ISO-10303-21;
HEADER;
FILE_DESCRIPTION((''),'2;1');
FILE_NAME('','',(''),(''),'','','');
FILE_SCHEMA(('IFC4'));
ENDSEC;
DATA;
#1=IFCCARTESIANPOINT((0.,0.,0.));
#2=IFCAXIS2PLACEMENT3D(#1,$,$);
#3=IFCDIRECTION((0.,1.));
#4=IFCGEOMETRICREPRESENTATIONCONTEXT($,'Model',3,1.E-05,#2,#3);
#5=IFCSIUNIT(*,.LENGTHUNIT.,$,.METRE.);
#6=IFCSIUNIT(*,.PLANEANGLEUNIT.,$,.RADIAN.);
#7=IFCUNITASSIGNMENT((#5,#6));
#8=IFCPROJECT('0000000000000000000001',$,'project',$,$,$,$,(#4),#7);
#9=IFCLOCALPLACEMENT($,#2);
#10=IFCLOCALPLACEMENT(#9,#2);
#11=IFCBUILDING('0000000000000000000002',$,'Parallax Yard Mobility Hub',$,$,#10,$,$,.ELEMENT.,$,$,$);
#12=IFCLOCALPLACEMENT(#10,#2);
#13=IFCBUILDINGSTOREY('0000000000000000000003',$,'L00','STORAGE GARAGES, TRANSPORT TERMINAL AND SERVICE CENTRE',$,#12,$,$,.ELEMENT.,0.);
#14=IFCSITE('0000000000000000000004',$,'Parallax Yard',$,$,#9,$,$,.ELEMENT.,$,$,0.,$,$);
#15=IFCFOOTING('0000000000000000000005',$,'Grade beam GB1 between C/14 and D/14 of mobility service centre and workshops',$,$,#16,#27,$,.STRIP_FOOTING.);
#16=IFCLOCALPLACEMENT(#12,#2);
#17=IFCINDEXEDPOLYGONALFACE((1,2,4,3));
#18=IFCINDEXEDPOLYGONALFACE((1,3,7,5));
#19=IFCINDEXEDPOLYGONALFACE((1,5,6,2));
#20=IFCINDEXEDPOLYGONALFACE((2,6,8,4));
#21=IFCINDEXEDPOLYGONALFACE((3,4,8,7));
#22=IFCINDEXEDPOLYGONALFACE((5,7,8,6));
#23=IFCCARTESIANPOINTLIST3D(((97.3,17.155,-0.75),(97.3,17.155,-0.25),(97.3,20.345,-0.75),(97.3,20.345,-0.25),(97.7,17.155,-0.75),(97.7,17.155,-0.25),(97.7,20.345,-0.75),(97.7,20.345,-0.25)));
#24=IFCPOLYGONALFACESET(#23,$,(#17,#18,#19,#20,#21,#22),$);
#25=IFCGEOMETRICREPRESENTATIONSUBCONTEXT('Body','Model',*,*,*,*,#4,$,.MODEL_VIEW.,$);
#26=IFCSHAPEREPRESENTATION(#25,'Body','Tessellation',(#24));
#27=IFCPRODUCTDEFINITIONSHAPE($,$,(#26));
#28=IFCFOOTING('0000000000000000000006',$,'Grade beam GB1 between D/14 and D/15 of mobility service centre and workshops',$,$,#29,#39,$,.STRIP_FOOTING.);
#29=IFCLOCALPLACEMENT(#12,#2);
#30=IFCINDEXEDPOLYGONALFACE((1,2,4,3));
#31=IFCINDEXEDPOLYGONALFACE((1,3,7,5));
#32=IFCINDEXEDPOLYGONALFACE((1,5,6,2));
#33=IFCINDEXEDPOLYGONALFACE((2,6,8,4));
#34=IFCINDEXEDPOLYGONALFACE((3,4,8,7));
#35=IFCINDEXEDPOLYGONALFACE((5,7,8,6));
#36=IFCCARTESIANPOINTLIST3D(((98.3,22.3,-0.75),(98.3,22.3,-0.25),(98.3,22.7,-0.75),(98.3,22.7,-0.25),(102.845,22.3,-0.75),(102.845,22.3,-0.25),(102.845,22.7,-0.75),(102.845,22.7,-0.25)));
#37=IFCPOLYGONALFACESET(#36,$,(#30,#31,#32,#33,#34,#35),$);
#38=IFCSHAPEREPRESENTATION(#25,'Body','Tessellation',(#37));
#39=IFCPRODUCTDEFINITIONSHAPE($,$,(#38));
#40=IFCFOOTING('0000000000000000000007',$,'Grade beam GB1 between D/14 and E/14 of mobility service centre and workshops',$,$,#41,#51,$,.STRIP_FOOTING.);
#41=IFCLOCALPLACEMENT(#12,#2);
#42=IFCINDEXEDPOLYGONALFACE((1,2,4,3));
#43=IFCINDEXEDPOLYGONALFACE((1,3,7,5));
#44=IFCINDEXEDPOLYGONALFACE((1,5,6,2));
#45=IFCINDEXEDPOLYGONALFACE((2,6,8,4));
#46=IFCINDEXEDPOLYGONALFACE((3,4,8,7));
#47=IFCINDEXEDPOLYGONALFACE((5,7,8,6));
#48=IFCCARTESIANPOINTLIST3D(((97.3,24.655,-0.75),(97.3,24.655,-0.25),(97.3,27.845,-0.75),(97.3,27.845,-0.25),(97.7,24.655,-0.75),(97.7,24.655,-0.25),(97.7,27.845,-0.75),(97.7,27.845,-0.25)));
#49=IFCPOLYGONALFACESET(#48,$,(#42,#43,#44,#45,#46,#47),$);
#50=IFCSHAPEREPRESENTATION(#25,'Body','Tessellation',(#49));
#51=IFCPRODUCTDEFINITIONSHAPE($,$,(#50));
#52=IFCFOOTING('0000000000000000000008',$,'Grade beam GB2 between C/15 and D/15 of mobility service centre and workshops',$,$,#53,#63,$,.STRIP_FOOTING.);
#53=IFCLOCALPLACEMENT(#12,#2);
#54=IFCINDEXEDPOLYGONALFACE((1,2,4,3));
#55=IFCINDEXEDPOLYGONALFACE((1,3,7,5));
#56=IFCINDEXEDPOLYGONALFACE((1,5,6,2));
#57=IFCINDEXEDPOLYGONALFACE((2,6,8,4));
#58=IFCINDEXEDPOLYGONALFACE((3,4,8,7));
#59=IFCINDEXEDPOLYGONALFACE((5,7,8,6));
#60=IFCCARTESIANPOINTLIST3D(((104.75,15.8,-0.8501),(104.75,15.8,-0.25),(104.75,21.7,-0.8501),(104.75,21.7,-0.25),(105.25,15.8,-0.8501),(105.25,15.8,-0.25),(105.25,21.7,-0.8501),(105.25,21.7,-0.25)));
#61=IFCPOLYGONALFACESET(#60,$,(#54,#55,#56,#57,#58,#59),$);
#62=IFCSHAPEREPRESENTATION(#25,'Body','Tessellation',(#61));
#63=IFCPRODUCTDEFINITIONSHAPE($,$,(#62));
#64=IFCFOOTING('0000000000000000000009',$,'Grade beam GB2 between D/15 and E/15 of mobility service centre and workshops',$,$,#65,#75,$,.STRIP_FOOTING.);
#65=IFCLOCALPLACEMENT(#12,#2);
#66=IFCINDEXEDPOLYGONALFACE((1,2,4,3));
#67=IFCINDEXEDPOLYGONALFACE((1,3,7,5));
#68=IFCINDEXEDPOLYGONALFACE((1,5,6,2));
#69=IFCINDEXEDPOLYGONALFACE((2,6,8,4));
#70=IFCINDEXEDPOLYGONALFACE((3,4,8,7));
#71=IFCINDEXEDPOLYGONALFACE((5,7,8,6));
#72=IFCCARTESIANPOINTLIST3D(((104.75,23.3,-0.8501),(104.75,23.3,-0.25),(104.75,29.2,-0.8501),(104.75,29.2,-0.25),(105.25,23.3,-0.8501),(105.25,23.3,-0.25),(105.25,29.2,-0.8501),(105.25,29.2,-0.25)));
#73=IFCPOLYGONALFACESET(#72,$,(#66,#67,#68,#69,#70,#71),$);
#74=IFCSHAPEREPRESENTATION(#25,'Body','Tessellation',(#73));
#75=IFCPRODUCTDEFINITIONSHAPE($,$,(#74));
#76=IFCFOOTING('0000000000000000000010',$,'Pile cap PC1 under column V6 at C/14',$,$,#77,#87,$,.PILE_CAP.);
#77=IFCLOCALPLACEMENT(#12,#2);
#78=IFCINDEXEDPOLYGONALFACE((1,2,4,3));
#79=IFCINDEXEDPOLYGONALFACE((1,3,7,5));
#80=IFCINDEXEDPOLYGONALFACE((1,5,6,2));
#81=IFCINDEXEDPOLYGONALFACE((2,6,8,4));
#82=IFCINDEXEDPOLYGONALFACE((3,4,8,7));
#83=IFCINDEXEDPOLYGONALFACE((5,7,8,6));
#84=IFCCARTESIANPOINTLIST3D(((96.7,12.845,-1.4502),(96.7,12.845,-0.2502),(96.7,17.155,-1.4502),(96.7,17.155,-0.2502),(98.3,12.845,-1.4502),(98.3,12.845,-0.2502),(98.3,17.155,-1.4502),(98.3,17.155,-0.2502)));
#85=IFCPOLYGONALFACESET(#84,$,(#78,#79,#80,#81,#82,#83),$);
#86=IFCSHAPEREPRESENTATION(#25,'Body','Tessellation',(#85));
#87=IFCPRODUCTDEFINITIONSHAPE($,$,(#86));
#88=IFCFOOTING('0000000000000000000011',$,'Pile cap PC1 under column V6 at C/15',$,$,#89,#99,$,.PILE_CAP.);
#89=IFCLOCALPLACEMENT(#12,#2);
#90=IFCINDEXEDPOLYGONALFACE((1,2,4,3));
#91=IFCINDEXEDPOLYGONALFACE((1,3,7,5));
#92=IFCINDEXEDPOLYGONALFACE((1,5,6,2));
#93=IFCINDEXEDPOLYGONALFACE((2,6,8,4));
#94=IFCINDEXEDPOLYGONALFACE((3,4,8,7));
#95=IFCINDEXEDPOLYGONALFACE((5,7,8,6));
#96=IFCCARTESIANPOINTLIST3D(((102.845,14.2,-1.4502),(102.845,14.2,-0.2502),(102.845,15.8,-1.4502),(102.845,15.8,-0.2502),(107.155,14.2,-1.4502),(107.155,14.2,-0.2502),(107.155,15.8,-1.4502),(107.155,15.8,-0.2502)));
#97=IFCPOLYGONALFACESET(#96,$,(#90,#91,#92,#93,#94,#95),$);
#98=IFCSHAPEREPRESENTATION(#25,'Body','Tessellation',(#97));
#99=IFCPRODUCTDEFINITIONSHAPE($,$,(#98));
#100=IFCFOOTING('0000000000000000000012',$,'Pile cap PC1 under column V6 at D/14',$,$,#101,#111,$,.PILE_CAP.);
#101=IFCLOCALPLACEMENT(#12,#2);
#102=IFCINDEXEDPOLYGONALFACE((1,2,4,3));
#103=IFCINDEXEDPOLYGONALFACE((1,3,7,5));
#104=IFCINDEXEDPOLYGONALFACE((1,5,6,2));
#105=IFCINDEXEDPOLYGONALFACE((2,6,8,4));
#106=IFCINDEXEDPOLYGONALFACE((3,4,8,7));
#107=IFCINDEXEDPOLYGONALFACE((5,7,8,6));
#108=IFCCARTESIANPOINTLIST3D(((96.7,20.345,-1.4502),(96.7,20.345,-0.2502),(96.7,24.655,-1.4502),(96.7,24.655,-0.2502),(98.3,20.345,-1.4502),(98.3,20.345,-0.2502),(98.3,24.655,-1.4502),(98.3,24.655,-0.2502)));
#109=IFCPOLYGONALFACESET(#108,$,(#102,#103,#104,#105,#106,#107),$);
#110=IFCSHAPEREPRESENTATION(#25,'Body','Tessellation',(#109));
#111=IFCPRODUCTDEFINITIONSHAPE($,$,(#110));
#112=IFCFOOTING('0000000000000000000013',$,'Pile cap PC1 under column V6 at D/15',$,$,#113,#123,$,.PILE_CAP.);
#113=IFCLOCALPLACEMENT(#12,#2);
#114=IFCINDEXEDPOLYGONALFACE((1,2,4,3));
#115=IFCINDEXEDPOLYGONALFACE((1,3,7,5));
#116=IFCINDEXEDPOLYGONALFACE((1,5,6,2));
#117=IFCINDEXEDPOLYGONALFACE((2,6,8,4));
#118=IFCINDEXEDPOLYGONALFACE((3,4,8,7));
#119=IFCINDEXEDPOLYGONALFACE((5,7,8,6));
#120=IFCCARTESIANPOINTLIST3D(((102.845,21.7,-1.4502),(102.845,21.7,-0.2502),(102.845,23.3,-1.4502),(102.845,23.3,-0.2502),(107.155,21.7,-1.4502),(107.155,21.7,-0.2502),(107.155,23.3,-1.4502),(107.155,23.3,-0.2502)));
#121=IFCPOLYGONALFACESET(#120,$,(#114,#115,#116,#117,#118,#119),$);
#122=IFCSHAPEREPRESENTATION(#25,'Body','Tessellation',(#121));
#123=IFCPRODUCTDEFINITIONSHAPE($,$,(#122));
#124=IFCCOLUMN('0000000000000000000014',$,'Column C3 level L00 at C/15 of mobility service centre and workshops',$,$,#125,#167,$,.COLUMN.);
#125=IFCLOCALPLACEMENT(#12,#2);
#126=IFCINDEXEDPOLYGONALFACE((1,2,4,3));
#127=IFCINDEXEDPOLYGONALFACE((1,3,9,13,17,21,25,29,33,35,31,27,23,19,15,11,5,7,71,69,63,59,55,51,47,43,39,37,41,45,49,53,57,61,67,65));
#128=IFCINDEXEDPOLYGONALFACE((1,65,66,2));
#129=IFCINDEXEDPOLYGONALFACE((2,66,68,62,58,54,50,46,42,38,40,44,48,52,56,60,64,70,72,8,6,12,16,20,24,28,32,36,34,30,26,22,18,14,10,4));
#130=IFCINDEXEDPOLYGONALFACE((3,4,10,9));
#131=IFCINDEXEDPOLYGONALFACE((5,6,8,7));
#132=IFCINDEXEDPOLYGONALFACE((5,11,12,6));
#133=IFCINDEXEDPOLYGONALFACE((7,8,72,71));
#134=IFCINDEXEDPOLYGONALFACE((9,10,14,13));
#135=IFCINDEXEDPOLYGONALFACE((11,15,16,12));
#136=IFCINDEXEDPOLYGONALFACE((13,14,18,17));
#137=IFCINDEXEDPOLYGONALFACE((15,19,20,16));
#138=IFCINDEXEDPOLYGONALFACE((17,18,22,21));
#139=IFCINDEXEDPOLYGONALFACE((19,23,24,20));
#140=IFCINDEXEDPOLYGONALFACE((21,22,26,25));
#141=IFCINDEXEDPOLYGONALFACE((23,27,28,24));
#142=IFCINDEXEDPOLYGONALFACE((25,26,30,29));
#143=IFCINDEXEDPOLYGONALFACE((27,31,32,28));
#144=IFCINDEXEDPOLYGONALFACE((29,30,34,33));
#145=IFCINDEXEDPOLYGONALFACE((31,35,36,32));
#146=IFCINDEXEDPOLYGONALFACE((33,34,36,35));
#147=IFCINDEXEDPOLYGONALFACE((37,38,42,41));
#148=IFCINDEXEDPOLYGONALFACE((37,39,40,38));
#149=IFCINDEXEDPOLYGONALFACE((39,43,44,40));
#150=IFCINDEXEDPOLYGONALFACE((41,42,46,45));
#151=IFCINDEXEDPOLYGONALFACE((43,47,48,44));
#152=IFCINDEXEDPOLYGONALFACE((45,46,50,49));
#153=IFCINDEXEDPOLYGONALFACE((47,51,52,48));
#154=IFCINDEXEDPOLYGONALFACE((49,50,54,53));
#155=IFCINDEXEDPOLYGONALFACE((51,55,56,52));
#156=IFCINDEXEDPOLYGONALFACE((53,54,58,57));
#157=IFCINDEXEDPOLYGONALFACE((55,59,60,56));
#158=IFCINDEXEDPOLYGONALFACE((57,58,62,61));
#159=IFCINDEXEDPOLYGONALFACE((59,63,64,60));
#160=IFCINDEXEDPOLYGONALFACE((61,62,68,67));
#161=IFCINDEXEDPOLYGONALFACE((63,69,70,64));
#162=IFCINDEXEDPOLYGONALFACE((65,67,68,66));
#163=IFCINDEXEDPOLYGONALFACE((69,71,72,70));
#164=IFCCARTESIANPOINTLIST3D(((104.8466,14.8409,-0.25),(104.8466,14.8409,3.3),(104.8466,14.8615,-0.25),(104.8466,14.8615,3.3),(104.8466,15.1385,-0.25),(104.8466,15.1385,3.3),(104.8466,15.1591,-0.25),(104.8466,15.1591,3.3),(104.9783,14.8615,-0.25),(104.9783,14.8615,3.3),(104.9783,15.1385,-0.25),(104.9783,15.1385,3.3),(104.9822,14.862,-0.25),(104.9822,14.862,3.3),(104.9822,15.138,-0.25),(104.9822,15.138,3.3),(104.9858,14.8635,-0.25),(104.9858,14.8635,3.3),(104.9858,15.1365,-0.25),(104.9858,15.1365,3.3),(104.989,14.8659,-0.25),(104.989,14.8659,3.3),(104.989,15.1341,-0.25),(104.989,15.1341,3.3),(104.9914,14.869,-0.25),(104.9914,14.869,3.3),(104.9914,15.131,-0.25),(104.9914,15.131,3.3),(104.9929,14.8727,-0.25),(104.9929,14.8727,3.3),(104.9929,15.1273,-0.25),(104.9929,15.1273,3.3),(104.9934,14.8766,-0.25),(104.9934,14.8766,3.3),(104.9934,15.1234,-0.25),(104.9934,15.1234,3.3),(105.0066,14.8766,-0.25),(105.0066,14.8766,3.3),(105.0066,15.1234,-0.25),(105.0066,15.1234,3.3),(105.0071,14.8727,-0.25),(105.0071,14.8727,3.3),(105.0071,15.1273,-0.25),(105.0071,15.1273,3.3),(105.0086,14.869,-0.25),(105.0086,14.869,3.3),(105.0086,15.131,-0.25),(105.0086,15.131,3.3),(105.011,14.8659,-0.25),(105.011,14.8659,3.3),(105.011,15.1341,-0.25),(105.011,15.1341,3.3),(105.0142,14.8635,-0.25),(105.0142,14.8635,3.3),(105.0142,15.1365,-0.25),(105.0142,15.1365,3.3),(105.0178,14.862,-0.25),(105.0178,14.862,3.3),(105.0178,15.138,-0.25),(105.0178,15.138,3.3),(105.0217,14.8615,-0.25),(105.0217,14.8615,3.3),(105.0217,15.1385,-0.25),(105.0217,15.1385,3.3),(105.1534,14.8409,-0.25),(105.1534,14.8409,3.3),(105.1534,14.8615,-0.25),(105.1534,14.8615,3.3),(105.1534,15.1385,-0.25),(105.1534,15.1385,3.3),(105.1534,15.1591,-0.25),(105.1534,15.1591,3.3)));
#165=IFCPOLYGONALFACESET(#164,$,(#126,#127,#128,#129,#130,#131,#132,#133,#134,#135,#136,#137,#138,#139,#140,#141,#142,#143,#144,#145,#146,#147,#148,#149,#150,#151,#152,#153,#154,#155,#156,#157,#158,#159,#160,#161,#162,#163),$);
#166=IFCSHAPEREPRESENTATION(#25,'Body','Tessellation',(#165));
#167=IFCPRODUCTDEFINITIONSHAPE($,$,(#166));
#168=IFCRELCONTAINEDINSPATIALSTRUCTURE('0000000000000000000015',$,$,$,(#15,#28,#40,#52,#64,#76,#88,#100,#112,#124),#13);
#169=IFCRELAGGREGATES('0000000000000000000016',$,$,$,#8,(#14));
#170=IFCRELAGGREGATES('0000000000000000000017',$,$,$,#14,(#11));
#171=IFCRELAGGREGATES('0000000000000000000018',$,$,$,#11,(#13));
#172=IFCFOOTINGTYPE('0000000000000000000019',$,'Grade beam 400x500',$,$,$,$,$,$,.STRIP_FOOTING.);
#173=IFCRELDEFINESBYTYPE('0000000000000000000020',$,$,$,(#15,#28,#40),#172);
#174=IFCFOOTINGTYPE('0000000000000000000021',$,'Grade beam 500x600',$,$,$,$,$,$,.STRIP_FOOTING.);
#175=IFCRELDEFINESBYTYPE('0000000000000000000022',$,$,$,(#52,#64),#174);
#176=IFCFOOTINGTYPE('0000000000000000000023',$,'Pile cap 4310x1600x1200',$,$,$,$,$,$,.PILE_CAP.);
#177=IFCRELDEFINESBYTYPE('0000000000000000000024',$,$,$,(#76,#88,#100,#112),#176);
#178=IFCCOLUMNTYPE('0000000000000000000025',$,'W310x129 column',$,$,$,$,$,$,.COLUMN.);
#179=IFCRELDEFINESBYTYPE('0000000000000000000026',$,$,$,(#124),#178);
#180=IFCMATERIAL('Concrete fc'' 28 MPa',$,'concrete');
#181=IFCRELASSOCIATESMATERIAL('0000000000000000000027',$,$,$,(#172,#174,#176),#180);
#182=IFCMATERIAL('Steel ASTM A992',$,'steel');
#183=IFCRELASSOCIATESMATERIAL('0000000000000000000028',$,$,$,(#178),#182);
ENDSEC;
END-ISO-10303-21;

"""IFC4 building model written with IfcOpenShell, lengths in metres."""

from ifc_helpers import new_model, si_unit, direction, frame, origin, origin_2d, place, context, subcontext, project, spatial, rectangle, i_section, extrude, material, material_profile, profile_set, type_object, element, save


model = new_model("IFC4")

# Units and contexts
model_context = context("Model", 3, precision=1e-05, world=origin(), true_north=direction((0.0, 1.0)))
body_context = subcontext(model_context, "Body", "Model", "MODEL_VIEW")
ifc_project = project(units=[si_unit("LENGTHUNIT", "METRE"), si_unit("PLANEANGLEUNIT", "RADIAN")], contexts=[model_context])

# Site, building, storey
site_placement = place(None, origin())
site = spatial("IfcSite", under=ifc_project, at=site_placement, Name="Parallax Yard", CompositionType="ELEMENT", RefElevation=0.0)
building_placement = place(site_placement, origin())
building = spatial("IfcBuilding", under=site, at=building_placement, Name="Parallax Yard Mobility Hub", CompositionType="ELEMENT")
storey_placement = place(building_placement, origin())
storey = spatial("IfcBuildingStorey", under=building, at=storey_placement, Name="L00", Description="STORAGE GARAGES, TRANSPORT TERMINAL AND SERVICE CENTRE", CompositionType="ELEMENT", Elevation=0.0)

# Shared definitions
ifc_material_1 = material(Name="Concrete fc' 28 MPa", Category="concrete")

# Footings
ifc_material_profile_1 = material_profile(ifc_material_1, rectangle(XDim=0.3999, YDim=0.5, at=origin_2d()), Name="Grade beam 400x500")
ifc_profile_set_1 = profile_set([ifc_material_profile_1], Name="Concrete fc' 28 MPa")
footing_type_1 = type_object("IfcFootingType", Name="Grade beam 400x500", PredefinedType="STRIP_FOOTING", material=ifc_profile_set_1)
footing_1_placement = place(storey_placement, frame((97.5, 17.155, -0.5), z_axis=(0.0, 1.0, 0.0), x_axis=(-1.0, 0.0, 0.0)))
element("IfcFooting", 1, at=footing_1_placement, inside=storey, type_object=footing_type_1, Name="Grade beam GB1 between C/14 and D/14 of mobility service centre and workshops", PredefinedType="STRIP_FOOTING", context=body_context, shape_type="SweptSolid", body=[
    extrude(rectangle(XDim=0.3999, YDim=0.5, at=origin_2d()), origin(), (0.0, 0.0, 1.0), 3.1899),
])
footing_2_placement = place(storey_placement, frame((98.3, 22.5, -0.5), z_axis=(1.0, 0.0, 0.0), x_axis=(0.0, 1.0, 0.0)))
element("IfcFooting", 2, at=footing_2_placement, inside=storey, type_object=footing_type_1, Name="Grade beam GB1 between D/14 and D/15 of mobility service centre and workshops", PredefinedType="STRIP_FOOTING", context=body_context, shape_type="SweptSolid", body=[
    extrude(rectangle(XDim=0.3999, YDim=0.5, at=origin_2d()), origin(), (0.0, 0.0, 1.0), 4.5449),
])
footing_3_placement = place(storey_placement, frame((97.5, 24.655, -0.5), z_axis=(0.0, 1.0, 0.0), x_axis=(-1.0, 0.0, 0.0)))
element("IfcFooting", 3, at=footing_3_placement, inside=storey, type_object=footing_type_1, Name="Grade beam GB1 between D/14 and E/14 of mobility service centre and workshops", PredefinedType="STRIP_FOOTING", context=body_context, shape_type="SweptSolid", body=[
    extrude(rectangle(XDim=0.3999, YDim=0.5, at=origin_2d()), origin(), (0.0, 0.0, 1.0), 3.1899),
])
ifc_material_profile_2 = material_profile(ifc_material_1, rectangle(XDim=0.5, YDim=0.6001, at=origin_2d()), Name="Grade beam 500x600")
ifc_profile_set_2 = profile_set([ifc_material_profile_2], Name="Concrete fc' 28 MPa")
footing_type_2 = type_object("IfcFootingType", Name="Grade beam 500x600", PredefinedType="STRIP_FOOTING", material=ifc_profile_set_2)
for number, where, z_axis, x_axis, name in (
    (4, (105.0, 15.8, -0.55), (0.0, 1.0, 0.0), (-1.0, 0.0, 0.0), "Grade beam GB2 between C/15 and D/15 of mobility service centre and workshops"),
    (5, (105.0, 23.3, -0.55), (0.0, 1.0, 0.0), (-1.0, 0.0, 0.0), "Grade beam GB2 between D/15 and E/15 of mobility service centre and workshops"),
):
    element("IfcFooting", number, at=place(storey_placement, frame(where, z_axis=z_axis, x_axis=x_axis)), inside=storey, type_object=footing_type_2, Name=name, PredefinedType="STRIP_FOOTING", context=body_context, shape_type="SweptSolid", body=[
        extrude(rectangle(XDim=0.5, YDim=0.6001, at=origin_2d()), origin(), (0.0, 0.0, 1.0), 5.8999),
    ])
footing_type_3 = type_object("IfcFootingType", Name="Pile cap 4310x1600x1200", PredefinedType="PILE_CAP", material=ifc_material_1)
for number, where, z_axis, x_axis, name in (
    (6, (97.5, 15.0, -1.4502), (0.0, 0.0, 1.0), (0.0, 1.0, 0.0), "Pile cap PC1 under column V6 at C/14"),
    (7, (105.0, 15.0, -1.4502), (0.0, 0.0, 1.0), (1.0, 0.0, 0.0), "Pile cap PC1 under column V6 at C/15"),
    (8, (97.5, 22.5, -1.4502), (0.0, 0.0, 1.0), (0.0, 1.0, 0.0), "Pile cap PC1 under column V6 at D/14"),
    (9, (105.0, 22.5, -1.4502), (0.0, 0.0, 1.0), (1.0, 0.0, 0.0), "Pile cap PC1 under column V6 at D/15"),
):
    element("IfcFooting", number, at=place(storey_placement, frame(where, z_axis=z_axis, x_axis=x_axis)), inside=storey, type_object=footing_type_3, Name=name, PredefinedType="PILE_CAP", context=body_context, shape_type="SweptSolid", body=[
        extrude(rectangle(XDim=4.3101, YDim=1.6001, at=origin_2d()), origin(), (0.0, 0.0, 1.0), 1.2),
    ])

# Column
ifc_material_2 = material(Name="Steel ASTM A992", Category="steel")
ifc_material_profile_3 = material_profile(ifc_material_2, i_section(OverallWidth=0.3069, OverallDepth=0.3181, WebThickness=0.0132, FlangeThickness=0.0205, FilletRadius=0.0151, at=origin_2d()), Name="W310x129")
ifc_profile_set_3 = profile_set([ifc_material_profile_3], Name="Steel ASTM A992")
column_type_1 = type_object("IfcColumnType", Name="W310x129 column", PredefinedType="COLUMN", material=ifc_profile_set_3)
for number, where, z_axis, x_axis, name in (
    (10, (105.0, 15.0, -0.25), (0.0, 0.0, 1.0), (1.0, 0.0, 0.0), "Column C3 level L00 at C/15 of mobility service centre and workshops"),
):
    element("IfcColumn", number, at=place(storey_placement, frame(where, z_axis=z_axis, x_axis=x_axis)), inside=storey, type_object=column_type_1, Name=name, PredefinedType="COLUMN", context=body_context, shape_type="SweptSolid", body=[
        extrude(i_section(OverallWidth=0.3069, OverallDepth=0.3181, WebThickness=0.0132, FlangeThickness=0.0205, FilletRadius=0.0151, at=origin_2d()), origin(), (0.0, 0.0, 1.0), 3.55),
    ])

save(model, "model.ifc")
